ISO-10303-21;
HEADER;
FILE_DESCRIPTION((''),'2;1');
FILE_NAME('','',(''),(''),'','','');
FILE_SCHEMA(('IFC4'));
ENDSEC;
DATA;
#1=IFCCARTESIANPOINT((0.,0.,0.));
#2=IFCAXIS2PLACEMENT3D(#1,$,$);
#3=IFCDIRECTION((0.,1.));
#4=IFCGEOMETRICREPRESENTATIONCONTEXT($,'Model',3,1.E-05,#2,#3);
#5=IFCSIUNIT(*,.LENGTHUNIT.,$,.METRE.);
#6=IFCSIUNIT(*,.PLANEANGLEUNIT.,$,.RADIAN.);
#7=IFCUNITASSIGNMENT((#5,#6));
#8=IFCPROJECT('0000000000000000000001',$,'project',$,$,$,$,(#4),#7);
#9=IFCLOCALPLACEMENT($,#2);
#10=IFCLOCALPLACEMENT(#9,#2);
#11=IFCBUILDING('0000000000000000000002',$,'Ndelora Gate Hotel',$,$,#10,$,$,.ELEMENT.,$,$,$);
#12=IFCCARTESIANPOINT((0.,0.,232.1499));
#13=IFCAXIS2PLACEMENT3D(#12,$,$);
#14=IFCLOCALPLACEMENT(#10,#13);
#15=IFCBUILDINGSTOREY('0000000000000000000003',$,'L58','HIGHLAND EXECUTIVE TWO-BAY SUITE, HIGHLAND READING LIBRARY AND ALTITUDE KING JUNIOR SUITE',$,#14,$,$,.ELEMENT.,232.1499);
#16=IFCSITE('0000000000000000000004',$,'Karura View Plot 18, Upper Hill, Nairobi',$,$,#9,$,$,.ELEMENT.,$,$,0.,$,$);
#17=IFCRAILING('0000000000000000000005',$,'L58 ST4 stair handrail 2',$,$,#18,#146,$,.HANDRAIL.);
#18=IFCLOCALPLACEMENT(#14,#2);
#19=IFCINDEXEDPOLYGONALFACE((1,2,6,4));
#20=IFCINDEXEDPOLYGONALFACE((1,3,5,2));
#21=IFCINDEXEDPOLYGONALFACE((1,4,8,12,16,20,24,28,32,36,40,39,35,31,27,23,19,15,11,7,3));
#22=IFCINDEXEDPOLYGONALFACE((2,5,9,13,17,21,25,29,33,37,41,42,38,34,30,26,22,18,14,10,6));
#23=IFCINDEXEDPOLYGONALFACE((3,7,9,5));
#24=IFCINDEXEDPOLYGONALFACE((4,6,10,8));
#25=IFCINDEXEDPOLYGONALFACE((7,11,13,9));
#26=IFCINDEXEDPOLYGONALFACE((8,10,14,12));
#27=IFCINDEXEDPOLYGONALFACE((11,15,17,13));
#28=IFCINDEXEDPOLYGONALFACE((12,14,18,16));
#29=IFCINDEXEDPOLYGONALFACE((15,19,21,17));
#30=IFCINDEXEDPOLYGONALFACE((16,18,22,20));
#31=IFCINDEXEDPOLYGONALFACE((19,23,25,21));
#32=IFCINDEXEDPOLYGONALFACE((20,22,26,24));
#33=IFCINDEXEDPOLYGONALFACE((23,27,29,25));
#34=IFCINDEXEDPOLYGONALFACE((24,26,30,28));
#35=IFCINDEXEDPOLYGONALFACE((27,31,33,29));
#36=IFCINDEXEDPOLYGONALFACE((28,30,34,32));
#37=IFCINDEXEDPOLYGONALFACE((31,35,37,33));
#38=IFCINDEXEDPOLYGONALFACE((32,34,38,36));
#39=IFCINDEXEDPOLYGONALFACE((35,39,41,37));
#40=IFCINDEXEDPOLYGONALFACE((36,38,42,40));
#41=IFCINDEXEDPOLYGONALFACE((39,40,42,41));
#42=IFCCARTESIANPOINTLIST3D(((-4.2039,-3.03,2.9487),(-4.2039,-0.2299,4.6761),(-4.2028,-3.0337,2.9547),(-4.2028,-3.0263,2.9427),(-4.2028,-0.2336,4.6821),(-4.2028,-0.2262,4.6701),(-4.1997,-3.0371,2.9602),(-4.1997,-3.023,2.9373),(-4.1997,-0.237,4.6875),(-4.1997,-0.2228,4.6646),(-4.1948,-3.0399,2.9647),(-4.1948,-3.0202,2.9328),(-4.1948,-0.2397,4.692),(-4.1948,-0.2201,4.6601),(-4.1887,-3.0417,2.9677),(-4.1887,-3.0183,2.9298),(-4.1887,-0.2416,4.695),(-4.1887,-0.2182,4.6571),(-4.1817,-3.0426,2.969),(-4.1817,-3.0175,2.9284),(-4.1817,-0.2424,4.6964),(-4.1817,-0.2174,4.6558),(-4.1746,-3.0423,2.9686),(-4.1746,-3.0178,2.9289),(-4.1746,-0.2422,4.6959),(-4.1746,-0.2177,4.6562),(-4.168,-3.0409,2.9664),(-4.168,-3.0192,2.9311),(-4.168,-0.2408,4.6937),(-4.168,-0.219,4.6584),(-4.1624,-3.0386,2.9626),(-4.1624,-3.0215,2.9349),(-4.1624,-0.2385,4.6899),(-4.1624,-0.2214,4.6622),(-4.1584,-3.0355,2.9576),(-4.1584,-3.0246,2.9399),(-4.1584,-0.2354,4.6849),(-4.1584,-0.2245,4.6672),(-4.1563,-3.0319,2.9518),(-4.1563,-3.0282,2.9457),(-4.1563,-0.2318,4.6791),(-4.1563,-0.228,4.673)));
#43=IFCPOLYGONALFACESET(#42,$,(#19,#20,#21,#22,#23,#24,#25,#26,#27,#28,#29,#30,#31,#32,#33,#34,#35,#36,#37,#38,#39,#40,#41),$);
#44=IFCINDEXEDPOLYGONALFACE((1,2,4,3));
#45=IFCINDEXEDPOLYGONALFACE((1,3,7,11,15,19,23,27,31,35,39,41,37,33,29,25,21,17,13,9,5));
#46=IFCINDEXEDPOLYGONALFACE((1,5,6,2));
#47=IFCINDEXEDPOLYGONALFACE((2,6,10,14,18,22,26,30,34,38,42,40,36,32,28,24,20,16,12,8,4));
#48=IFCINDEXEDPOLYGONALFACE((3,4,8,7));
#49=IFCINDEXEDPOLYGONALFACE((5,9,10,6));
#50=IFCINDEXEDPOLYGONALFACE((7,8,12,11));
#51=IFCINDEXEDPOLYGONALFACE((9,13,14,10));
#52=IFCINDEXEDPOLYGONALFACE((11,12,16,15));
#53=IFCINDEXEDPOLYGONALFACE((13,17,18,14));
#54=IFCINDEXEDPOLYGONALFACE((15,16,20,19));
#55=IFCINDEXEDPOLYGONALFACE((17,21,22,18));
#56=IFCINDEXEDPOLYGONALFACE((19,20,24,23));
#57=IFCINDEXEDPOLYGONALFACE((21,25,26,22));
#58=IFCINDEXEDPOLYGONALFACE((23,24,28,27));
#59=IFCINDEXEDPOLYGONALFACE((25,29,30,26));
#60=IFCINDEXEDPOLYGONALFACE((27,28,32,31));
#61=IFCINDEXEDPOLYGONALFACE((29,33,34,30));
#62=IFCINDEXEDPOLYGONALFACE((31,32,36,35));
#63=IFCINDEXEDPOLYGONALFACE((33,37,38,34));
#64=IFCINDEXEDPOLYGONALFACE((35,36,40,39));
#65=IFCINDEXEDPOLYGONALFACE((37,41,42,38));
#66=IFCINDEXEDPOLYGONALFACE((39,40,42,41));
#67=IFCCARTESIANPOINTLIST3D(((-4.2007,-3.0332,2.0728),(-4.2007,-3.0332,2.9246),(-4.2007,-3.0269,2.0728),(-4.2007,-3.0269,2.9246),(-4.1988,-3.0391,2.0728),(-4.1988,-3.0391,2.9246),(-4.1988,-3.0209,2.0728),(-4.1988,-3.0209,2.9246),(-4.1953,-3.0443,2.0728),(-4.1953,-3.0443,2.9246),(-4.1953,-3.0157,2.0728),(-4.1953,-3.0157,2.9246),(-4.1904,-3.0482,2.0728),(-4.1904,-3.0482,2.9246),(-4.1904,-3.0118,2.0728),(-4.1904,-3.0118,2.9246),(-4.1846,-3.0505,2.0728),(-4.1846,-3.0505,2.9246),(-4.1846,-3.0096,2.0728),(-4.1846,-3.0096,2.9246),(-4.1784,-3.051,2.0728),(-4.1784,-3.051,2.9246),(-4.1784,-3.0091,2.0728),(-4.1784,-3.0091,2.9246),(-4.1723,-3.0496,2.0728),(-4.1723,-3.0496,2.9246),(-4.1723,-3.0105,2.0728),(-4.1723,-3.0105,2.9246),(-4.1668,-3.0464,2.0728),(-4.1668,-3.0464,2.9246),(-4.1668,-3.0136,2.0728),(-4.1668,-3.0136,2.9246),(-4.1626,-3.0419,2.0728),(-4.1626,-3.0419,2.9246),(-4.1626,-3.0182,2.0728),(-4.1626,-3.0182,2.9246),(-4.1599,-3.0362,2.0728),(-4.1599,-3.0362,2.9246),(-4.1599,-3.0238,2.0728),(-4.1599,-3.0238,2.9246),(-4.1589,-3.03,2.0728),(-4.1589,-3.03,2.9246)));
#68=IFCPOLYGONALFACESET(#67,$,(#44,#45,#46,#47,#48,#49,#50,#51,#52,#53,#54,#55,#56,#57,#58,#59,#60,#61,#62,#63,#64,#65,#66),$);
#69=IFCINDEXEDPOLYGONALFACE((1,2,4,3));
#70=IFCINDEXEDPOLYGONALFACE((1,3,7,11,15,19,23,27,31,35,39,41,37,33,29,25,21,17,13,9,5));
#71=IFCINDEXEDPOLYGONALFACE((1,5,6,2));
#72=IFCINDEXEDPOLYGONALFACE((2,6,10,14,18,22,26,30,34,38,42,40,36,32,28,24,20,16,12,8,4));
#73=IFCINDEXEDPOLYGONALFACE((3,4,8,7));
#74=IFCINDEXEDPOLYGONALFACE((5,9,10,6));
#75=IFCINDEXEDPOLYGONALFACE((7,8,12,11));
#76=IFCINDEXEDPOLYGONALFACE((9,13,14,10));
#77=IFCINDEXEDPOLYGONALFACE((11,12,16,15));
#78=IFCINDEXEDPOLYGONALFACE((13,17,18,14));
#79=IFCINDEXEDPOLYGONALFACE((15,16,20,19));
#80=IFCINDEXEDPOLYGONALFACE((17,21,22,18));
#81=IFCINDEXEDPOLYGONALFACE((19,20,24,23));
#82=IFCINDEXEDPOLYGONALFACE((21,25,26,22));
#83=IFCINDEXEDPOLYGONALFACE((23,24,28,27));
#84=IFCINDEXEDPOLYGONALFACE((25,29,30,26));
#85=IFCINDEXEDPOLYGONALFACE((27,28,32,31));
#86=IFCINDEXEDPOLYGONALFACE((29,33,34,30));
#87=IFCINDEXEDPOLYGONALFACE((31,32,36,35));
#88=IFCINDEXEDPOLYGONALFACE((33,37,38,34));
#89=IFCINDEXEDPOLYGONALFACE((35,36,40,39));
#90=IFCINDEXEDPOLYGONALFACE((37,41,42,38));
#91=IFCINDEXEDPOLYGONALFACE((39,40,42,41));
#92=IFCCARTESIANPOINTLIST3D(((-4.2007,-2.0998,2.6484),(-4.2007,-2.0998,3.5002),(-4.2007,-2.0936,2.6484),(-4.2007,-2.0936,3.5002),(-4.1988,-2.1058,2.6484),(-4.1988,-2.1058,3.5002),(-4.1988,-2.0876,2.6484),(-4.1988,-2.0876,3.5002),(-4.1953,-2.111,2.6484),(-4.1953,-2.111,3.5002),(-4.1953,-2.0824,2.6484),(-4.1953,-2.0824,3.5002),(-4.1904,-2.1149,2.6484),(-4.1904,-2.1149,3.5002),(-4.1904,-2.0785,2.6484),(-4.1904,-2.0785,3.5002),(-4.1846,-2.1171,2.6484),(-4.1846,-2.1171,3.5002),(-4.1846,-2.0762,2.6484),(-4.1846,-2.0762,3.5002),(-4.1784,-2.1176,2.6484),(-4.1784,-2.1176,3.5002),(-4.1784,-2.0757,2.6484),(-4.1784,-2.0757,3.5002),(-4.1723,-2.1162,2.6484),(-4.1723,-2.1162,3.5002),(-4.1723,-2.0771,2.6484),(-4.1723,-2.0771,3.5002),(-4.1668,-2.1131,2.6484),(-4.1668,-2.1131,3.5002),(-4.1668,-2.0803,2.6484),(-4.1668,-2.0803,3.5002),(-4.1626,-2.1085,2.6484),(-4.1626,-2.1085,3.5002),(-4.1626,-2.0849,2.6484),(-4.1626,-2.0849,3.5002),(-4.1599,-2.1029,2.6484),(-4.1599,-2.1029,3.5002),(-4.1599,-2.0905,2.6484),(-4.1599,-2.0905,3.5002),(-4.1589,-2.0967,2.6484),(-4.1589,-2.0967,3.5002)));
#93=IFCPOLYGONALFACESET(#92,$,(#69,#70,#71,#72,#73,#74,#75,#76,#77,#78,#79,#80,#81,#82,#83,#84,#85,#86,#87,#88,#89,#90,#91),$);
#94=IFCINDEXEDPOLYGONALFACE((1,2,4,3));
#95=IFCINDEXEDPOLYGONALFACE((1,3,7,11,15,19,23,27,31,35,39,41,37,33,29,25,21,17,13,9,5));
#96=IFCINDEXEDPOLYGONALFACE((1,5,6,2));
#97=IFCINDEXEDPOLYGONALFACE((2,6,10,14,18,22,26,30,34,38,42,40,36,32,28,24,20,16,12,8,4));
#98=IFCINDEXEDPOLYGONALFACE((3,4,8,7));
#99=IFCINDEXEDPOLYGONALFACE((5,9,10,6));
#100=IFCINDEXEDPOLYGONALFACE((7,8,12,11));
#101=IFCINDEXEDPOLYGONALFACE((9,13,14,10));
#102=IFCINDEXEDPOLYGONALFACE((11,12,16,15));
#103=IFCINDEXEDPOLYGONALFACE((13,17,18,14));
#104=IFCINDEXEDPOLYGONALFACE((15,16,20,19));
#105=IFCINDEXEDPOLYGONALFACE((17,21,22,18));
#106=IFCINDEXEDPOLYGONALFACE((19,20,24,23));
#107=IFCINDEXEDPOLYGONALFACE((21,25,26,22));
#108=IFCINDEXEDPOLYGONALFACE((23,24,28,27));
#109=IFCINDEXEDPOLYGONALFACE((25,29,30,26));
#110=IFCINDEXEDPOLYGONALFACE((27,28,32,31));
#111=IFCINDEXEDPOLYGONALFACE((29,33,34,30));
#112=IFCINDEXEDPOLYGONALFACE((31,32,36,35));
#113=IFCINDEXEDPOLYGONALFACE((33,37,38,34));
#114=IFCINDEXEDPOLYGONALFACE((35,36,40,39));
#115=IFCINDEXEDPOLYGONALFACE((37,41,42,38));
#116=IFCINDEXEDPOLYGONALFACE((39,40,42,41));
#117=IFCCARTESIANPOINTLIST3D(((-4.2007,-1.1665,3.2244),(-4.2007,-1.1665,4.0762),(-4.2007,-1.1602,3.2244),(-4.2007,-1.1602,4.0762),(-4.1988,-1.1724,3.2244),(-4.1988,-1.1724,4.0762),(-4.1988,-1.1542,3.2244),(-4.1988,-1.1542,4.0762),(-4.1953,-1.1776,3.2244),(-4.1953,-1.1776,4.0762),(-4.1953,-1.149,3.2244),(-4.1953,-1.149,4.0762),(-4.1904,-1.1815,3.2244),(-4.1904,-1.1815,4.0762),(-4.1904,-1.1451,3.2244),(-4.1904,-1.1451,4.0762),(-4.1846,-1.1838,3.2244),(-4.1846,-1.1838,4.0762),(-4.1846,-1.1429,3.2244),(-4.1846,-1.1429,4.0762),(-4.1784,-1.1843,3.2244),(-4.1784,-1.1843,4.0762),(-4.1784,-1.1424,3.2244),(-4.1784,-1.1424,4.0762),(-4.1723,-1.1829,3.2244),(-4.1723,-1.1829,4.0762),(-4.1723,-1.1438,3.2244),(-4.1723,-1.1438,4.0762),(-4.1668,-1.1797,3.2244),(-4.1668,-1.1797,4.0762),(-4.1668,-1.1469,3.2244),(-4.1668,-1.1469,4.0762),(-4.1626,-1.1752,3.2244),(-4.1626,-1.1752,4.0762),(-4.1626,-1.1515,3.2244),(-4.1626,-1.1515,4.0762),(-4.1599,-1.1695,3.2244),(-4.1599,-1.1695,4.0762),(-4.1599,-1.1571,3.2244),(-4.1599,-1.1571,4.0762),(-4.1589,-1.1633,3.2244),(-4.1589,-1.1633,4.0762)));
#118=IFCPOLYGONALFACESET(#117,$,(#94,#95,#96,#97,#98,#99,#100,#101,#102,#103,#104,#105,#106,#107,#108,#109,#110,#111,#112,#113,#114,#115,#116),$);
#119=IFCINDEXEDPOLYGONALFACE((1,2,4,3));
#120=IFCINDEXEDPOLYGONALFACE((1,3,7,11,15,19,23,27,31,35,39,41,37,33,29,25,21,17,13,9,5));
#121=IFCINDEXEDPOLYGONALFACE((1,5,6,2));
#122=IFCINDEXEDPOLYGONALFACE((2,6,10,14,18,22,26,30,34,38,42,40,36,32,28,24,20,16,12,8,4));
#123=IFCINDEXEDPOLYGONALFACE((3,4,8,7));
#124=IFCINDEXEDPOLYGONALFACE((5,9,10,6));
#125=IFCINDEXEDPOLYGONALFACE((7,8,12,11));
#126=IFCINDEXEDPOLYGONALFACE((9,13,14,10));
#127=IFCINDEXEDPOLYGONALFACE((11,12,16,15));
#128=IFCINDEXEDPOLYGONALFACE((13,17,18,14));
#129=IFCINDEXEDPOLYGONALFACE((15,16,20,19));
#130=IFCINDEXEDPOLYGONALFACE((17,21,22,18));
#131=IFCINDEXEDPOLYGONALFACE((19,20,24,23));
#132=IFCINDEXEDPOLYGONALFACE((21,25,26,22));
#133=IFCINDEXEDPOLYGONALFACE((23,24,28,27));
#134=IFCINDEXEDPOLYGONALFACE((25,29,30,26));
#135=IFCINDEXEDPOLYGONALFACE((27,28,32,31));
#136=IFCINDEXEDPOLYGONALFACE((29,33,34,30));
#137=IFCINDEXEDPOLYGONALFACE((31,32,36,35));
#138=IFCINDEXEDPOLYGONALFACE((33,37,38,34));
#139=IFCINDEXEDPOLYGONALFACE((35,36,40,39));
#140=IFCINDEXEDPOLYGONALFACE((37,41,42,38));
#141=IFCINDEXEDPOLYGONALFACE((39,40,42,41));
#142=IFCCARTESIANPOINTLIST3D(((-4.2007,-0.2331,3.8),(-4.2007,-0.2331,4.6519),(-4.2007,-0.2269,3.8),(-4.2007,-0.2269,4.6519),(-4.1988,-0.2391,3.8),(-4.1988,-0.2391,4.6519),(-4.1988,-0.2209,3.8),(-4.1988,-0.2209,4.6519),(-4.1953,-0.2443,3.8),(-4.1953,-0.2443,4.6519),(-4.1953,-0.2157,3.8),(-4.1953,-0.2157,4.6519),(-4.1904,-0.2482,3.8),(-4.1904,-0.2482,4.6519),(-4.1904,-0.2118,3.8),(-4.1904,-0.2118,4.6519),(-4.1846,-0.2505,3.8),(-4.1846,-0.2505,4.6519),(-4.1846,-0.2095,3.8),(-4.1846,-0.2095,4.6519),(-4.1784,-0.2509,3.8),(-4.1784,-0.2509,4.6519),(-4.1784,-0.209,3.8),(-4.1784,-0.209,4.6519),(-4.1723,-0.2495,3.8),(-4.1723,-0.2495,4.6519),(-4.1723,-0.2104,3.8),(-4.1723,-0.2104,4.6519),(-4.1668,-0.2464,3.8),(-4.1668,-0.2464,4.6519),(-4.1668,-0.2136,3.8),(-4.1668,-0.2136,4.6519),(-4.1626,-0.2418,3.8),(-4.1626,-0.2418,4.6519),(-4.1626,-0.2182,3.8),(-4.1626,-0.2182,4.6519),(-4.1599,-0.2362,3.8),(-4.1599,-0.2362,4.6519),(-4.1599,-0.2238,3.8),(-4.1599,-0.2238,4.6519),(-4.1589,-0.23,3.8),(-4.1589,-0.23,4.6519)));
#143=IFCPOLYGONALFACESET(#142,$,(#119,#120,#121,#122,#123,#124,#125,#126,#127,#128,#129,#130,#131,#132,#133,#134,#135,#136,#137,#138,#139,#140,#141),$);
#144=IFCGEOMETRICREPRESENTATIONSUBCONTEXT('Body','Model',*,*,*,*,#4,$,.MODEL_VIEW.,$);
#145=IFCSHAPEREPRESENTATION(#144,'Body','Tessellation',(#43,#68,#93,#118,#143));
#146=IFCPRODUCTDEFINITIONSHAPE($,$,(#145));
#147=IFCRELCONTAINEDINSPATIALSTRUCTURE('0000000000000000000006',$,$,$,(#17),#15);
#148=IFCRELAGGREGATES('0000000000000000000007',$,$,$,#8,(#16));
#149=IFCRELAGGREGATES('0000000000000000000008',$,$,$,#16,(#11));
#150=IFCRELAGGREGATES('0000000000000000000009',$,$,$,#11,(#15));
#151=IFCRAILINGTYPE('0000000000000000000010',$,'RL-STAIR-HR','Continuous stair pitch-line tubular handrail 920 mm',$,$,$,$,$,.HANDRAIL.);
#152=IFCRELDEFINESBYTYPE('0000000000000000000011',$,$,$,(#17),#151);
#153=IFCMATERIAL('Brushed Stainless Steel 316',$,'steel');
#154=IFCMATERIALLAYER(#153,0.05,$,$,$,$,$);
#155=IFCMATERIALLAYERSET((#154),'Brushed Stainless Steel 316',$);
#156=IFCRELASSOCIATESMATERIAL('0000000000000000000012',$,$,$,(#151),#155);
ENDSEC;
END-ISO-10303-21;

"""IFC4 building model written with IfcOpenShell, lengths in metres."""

from ifc_helpers import new_model, si_unit, direction, frame, origin, origin_2d, place, context, subcontext, project, spatial, circle, extrude, material, layer, layer_set, type_object, element, save


model = new_model("IFC4")

# Units and contexts
model_context = context("Model", 3, precision=1e-05, world=origin(), true_north=direction((0.0, 1.0)))
body_context = subcontext(model_context, "Body", "Model", "MODEL_VIEW")
ifc_project = project(units=[si_unit("LENGTHUNIT", "METRE"), si_unit("PLANEANGLEUNIT", "RADIAN")], contexts=[model_context])

# Site, building, storey
site_placement = place(None, origin())
site = spatial("IfcSite", under=ifc_project, at=site_placement, Name="Karura View Plot 18, Upper Hill, Nairobi", CompositionType="ELEMENT", RefElevation=0.0)
building_placement = place(site_placement, origin())
building = spatial("IfcBuilding", under=site, at=building_placement, Name="Ndelora Gate Hotel", CompositionType="ELEMENT")
storey_placement = place(building_placement, frame((0.0, 0.0, 232.1499)))
storey = spatial("IfcBuildingStorey", under=building, at=storey_placement, Name="L58", Description="HIGHLAND EXECUTIVE TWO-BAY SUITE, HIGHLAND READING LIBRARY AND ALTITUDE KING JUNIOR SUITE", CompositionType="ELEMENT", Elevation=232.1499)

# Railing
ifc_material_1 = material(Name="Brushed Stainless Steel 316", Category="steel")
ifc_layer_1 = layer(ifc_material_1, 0.05)
ifc_layer_set_1 = layer_set([ifc_layer_1], Name="Brushed Stainless Steel 316")
railing_type_1 = type_object("IfcRailingType", Name="RL-STAIR-HR", Description="Continuous stair pitch-line tubular handrail 920 mm", PredefinedType="HANDRAIL", material=ifc_layer_set_1)
railing_1_placement = place(storey_placement, frame((-4.1799, -3.03, 2.0728)))
element("IfcRailing", 1, at=railing_1_placement, inside=storey, type_object=railing_type_1, Name="L58 ST4 stair handrail 2", PredefinedType="HANDRAIL", context=body_context, shape_type="SweptSolid", body=[
    extrude(circle(Radius=0.0239, at=origin_2d()), frame((0.0, 0.0, 0.876), z_axis=(0.0, 0.85109, 0.52502), x_axis=(-1.0, 0.0, 0.0)), (0.0, 0.0, 1.0), 3.29),
    extrude(circle(Radius=0.021, at=origin_2d()), origin(), (0.0, 0.0, 1.0), 0.8518),
    extrude(circle(Radius=0.021, at=origin_2d()), frame((0.0, 0.9333, 0.5757)), (0.0, 0.0, 1.0), 0.8518),
    extrude(circle(Radius=0.021, at=origin_2d()), frame((0.0, 1.8667, 1.1516)), (0.0, 0.0, 1.0), 0.8518),
    extrude(circle(Radius=0.021, at=origin_2d()), frame((0.0, 2.8, 1.7273)), (0.0, 0.0, 1.0), 0.8518),
])

save(model, "model.ifc")
